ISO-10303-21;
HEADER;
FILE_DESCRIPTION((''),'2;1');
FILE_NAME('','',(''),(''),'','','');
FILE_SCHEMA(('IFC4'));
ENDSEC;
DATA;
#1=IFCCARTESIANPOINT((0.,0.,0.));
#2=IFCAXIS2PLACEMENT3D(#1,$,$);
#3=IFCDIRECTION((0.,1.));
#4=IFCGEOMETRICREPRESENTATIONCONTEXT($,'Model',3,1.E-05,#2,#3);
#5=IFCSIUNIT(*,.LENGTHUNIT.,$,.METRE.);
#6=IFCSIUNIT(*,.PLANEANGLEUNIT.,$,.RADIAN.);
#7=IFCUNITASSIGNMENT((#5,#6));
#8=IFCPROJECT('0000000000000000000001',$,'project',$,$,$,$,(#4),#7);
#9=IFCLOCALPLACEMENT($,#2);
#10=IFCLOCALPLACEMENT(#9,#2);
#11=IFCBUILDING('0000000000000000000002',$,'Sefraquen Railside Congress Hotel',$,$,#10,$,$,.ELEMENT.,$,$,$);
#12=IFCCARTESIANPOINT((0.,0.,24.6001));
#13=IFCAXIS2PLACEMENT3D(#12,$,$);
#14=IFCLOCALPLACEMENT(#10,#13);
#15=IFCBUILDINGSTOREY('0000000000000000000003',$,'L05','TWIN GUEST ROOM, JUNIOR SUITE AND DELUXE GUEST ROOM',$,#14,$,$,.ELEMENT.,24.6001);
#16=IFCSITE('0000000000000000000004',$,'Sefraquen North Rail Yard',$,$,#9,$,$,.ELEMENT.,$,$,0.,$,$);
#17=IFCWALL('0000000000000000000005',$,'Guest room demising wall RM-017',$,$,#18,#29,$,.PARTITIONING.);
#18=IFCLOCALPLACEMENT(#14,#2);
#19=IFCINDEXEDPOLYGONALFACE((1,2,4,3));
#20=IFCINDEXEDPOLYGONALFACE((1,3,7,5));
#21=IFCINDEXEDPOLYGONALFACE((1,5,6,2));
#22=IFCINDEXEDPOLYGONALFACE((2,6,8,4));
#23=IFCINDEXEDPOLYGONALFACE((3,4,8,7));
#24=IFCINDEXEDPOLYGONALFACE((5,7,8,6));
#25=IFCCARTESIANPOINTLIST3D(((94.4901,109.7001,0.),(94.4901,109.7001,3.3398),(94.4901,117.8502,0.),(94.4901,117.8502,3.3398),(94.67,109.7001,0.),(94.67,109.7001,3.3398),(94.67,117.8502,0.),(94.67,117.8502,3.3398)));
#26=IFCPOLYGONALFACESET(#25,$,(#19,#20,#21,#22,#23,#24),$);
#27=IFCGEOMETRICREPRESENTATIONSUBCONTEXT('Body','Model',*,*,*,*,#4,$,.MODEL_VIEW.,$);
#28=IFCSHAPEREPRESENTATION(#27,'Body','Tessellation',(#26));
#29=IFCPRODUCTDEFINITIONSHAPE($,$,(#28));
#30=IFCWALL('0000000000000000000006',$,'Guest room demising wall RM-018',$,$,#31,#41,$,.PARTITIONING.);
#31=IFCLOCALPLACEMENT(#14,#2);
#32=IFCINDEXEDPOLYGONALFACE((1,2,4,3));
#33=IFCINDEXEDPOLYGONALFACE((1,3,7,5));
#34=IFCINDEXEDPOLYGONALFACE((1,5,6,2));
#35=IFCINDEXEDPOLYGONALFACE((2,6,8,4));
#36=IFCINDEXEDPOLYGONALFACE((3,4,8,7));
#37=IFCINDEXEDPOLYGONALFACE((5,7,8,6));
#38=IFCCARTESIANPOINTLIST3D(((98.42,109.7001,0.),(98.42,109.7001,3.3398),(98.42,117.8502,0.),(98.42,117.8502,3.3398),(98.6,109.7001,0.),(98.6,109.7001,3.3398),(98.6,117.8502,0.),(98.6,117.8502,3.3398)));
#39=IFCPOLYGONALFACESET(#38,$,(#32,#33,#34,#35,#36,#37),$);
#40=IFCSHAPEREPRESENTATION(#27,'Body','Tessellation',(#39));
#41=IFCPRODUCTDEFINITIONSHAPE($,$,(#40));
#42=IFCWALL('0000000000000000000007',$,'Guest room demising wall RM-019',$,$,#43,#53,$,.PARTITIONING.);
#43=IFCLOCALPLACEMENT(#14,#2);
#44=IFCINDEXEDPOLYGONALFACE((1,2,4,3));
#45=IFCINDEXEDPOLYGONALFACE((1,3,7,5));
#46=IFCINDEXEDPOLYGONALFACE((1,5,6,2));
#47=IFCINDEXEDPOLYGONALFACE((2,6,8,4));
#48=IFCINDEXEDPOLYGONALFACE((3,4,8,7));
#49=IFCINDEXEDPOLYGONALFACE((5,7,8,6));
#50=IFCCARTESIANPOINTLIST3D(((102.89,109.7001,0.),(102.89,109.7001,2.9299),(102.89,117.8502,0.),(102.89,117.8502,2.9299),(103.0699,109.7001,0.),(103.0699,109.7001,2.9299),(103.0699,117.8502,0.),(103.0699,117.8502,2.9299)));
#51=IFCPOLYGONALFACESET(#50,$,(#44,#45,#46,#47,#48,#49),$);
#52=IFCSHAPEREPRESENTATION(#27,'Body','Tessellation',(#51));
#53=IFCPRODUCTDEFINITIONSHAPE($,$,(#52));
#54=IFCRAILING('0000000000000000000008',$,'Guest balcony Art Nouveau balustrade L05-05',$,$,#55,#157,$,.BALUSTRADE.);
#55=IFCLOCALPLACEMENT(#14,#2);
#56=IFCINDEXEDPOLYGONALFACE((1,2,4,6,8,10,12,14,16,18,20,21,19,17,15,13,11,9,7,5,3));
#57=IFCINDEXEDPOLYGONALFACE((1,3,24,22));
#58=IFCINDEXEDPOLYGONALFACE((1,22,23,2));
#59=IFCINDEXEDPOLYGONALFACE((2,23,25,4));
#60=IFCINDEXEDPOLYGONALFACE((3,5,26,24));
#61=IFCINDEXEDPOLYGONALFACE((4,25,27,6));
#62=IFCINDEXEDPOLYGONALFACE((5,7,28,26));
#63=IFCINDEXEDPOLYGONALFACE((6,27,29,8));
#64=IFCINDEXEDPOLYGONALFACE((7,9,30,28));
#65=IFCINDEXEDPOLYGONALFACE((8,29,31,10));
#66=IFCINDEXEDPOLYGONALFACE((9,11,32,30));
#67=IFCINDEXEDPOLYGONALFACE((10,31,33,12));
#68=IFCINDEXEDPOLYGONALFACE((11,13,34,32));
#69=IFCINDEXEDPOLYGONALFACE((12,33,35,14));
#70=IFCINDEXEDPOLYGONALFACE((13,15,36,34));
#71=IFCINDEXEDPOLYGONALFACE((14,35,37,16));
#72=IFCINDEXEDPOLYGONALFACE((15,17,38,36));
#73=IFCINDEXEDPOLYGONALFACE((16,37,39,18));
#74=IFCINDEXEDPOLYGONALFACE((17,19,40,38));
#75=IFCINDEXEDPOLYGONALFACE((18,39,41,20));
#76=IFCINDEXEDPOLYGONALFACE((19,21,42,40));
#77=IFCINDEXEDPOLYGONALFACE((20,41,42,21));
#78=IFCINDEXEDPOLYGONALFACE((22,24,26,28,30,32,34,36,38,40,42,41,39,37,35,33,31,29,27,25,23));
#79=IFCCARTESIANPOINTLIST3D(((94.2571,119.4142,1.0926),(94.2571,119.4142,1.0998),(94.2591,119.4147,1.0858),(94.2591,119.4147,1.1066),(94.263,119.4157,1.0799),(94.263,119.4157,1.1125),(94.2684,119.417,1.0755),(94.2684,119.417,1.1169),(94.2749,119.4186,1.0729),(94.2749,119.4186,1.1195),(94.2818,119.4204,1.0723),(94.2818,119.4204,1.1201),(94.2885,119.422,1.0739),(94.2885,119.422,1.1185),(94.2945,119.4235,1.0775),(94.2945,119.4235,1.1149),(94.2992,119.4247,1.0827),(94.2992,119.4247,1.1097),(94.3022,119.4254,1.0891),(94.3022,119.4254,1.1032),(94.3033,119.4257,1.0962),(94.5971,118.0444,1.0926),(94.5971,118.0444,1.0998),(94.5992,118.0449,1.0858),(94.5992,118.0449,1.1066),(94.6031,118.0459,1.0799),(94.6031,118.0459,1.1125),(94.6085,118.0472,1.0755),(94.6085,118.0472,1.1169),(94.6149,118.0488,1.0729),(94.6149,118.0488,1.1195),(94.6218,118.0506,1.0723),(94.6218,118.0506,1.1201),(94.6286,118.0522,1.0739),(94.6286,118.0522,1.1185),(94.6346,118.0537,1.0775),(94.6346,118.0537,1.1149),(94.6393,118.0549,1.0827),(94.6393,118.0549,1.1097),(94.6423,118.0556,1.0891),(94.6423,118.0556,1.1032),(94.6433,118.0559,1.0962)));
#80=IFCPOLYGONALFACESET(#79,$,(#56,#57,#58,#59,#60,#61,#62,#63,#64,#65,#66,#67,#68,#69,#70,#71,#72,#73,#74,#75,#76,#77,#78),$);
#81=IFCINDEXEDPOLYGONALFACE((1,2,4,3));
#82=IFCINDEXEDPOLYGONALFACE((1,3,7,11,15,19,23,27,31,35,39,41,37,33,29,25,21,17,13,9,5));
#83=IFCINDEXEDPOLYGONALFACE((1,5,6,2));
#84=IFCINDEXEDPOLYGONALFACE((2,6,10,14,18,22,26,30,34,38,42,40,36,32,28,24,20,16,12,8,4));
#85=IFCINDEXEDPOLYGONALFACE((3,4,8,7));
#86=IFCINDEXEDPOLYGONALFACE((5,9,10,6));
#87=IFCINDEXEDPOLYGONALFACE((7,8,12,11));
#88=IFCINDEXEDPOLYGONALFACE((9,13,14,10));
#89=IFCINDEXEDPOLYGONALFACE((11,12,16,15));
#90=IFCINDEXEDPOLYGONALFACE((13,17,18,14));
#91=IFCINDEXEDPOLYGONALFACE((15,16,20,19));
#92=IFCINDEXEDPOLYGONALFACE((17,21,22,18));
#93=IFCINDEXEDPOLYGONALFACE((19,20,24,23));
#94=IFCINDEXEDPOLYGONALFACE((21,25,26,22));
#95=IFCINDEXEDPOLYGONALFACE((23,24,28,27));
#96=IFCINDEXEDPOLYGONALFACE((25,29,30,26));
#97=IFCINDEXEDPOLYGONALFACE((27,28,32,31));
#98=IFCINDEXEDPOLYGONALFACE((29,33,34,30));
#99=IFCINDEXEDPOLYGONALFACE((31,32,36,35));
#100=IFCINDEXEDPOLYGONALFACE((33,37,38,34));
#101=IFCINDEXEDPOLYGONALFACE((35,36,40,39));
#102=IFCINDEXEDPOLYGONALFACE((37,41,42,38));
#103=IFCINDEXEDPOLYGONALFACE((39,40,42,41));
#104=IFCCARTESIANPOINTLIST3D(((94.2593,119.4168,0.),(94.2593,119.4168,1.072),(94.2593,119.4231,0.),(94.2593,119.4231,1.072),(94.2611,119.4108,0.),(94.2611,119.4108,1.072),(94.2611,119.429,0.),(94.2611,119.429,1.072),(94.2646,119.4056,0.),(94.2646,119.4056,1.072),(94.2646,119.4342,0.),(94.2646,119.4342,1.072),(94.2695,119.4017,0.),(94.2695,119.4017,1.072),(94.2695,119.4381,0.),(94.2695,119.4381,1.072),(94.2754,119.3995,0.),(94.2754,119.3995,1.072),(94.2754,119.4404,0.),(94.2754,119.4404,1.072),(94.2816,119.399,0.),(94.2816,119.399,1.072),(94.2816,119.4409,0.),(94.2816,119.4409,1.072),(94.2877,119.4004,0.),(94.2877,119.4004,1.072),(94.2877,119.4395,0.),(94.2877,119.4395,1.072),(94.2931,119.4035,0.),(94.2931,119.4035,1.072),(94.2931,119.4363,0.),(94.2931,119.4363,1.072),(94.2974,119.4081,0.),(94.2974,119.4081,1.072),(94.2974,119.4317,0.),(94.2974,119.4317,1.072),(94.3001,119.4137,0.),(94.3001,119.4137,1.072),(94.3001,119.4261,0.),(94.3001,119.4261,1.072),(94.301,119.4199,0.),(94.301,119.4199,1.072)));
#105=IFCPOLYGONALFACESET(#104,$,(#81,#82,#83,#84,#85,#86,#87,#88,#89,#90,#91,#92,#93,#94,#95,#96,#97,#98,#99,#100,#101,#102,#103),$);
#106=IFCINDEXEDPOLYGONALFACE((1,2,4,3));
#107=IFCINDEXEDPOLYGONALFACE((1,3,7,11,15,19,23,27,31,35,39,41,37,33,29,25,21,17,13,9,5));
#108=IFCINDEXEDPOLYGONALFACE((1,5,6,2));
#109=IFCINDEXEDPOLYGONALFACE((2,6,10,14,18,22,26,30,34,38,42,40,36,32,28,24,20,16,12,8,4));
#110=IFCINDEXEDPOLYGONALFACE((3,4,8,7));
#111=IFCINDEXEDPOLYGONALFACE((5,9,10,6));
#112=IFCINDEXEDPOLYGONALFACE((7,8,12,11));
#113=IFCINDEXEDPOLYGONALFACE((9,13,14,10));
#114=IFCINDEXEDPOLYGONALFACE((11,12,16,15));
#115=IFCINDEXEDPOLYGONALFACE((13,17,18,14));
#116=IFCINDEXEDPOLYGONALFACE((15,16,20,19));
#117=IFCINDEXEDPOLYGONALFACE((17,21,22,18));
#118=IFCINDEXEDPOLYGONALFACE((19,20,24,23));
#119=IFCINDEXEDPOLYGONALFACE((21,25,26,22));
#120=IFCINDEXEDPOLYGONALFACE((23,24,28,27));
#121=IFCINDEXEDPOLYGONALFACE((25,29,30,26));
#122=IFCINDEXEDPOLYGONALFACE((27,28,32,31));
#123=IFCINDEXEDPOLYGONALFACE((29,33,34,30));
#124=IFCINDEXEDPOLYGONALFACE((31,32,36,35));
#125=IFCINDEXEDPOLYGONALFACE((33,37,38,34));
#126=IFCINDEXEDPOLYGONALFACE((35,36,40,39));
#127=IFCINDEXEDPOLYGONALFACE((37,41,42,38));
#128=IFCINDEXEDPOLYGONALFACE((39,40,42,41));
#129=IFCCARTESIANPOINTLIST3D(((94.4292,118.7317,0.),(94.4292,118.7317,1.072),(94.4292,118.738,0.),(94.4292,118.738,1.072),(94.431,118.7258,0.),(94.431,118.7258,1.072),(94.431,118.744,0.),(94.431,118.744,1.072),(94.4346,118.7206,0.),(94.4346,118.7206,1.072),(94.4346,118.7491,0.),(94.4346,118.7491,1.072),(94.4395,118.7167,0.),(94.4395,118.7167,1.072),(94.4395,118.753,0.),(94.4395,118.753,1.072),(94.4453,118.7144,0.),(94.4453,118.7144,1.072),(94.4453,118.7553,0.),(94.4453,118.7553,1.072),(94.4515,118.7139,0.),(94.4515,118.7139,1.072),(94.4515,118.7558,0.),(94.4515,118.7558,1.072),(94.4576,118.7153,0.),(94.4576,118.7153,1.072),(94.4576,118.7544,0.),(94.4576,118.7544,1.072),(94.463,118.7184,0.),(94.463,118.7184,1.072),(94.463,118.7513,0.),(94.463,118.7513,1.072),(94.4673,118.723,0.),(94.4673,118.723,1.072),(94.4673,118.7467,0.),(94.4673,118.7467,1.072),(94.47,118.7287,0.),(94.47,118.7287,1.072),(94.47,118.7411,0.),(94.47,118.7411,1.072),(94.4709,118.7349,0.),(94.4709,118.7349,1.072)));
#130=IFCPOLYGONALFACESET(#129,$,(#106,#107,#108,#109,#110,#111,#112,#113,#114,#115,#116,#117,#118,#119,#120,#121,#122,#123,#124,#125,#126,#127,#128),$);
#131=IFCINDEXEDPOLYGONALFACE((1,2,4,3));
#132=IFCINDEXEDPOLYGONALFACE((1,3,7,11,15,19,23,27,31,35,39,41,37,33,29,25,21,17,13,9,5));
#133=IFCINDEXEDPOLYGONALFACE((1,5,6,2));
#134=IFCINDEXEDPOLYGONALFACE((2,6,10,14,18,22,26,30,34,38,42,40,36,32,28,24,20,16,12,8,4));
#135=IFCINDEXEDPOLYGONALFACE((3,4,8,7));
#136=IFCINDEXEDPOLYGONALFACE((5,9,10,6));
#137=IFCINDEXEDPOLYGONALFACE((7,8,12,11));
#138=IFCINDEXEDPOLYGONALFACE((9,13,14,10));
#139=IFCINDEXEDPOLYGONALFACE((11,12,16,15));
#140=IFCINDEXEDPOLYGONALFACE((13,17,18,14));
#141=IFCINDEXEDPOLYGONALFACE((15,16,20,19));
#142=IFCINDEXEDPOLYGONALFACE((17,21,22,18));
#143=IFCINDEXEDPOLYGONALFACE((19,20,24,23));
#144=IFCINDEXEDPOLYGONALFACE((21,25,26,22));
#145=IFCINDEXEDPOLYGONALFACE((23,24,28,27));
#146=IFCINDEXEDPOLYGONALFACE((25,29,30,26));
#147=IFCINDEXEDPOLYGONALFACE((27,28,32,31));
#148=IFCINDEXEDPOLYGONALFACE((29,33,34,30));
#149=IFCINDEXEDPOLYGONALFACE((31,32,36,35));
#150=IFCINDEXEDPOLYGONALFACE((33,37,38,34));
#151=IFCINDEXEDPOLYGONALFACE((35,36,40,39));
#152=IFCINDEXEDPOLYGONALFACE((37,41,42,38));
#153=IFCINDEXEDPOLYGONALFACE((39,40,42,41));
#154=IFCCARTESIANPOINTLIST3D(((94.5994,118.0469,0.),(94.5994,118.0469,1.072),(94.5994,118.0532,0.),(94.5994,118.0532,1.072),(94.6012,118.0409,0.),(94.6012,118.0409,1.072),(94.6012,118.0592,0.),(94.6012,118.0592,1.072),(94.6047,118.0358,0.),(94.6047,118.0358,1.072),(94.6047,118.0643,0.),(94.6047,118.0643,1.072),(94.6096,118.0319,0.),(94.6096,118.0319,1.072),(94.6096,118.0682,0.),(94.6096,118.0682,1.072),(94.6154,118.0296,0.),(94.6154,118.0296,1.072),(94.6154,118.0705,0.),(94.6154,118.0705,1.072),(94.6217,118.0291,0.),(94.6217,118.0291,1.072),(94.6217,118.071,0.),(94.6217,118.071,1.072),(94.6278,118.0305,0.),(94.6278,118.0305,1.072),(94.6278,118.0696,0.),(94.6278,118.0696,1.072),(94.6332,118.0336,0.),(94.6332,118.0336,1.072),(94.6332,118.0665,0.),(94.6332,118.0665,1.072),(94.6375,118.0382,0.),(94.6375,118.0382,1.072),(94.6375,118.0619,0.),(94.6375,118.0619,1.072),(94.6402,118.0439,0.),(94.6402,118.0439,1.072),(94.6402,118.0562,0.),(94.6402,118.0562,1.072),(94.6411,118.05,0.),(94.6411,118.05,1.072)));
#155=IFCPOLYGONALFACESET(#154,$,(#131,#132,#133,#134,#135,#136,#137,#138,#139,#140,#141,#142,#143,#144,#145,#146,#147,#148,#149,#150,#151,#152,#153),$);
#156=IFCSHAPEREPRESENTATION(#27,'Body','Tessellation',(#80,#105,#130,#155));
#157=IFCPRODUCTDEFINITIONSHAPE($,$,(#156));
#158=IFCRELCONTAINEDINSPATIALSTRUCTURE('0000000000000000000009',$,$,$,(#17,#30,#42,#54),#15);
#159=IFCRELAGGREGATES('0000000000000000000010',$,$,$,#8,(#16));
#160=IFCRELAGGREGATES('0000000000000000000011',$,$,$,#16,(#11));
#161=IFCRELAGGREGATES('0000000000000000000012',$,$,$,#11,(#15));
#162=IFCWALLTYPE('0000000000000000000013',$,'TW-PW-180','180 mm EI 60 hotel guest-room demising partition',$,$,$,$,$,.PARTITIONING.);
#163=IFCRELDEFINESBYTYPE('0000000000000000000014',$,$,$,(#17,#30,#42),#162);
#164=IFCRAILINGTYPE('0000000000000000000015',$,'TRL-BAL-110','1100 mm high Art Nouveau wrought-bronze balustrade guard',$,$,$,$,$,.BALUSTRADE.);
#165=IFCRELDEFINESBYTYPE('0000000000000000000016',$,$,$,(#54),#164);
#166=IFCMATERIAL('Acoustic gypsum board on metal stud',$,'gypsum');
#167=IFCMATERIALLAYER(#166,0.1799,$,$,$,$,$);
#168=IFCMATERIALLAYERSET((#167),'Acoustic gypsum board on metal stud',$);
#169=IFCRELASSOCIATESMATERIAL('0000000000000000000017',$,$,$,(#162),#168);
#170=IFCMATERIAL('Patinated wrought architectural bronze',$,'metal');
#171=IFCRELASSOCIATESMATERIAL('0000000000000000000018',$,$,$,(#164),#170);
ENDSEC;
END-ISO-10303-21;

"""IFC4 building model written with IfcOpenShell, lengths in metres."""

from ifc_helpers import new_model, si_unit, direction, frame, frame_2d, origin, origin_2d, place, context, subcontext, project, spatial, rectangle, circle, extrude, material, layer, layer_set, type_object, element, save


model = new_model("IFC4")

# Units and contexts
model_context = context("Model", 3, precision=1e-05, world=origin(), true_north=direction((0.0, 1.0)))
body_context = subcontext(model_context, "Body", "Model", "MODEL_VIEW")
ifc_project = project(units=[si_unit("LENGTHUNIT", "METRE"), si_unit("PLANEANGLEUNIT", "RADIAN")], contexts=[model_context])

# Site, building, storey
site_placement = place(None, origin())
site = spatial("IfcSite", under=ifc_project, at=site_placement, Name="Sefraquen North Rail Yard", CompositionType="ELEMENT", RefElevation=0.0)
building_placement = place(site_placement, origin())
building = spatial("IfcBuilding", under=site, at=building_placement, Name="Sefraquen Railside Congress Hotel", CompositionType="ELEMENT")
storey_placement = place(building_placement, frame((0.0, 0.0, 24.6001)))
storey = spatial("IfcBuildingStorey", under=building, at=storey_placement, Name="L05", Description="TWIN GUEST ROOM, JUNIOR SUITE AND DELUXE GUEST ROOM", CompositionType="ELEMENT", Elevation=24.6001)

# Walls
ifc_material_1 = material(Name="Acoustic gypsum board on metal stud", Category="gypsum")
ifc_layer_1 = layer(ifc_material_1, 0.1799)
ifc_layer_set_1 = layer_set([ifc_layer_1], Name="Acoustic gypsum board on metal stud")
wall_type_1 = type_object("IfcWallType", Name="TW-PW-180", Description="180 mm EI 60 hotel guest-room demising partition", PredefinedType="PARTITIONING", material=ifc_layer_set_1)
for number, where, z_axis, x_axis, name in (
    (1, (94.5801, 109.7, 0.0), (0.0, 0.0, 1.0), (0.0, 1.0, 0.0), "Guest room demising wall RM-017"),
    (2, (98.51, 109.7, 0.0), (0.0, 0.0, 1.0), (0.0, 1.0, 0.0), "Guest room demising wall RM-018"),
):
    element("IfcWall", number, at=place(storey_placement, frame(where, z_axis=z_axis, x_axis=x_axis)), inside=storey, type_object=wall_type_1, Name=name, PredefinedType="PARTITIONING", context=body_context, shape_type="SweptSolid", body=[
        extrude(rectangle(XDim=8.1501, YDim=0.1799, at=frame_2d((4.0752, 0.0))), origin(), (0.0, 0.0, 1.0), 3.3398),
    ])
wall_1_placement = place(storey_placement, frame((102.98, 109.7, 0.0), z_axis=(0.0, 0.0, 1.0), x_axis=(0.0, 1.0, 0.0)))
element("IfcWall", 3, at=wall_1_placement, inside=storey, type_object=wall_type_1, Name="Guest room demising wall RM-019", PredefinedType="PARTITIONING", context=body_context, shape_type="SweptSolid", body=[
    extrude(rectangle(XDim=8.1501, YDim=0.1799, at=frame_2d((4.0752, 0.0))), origin(), (0.0, 0.0, 1.0), 2.9299),
])

# Railing
ifc_material_2 = material(Name="Patinated wrought architectural bronze", Category="metal")
railing_type = type_object("IfcRailingType", Name="TRL-BAL-110", Description="1100 mm high Art Nouveau wrought-bronze balustrade guard", PredefinedType="BALUSTRADE", material=ifc_material_2)
railing_placement = place(storey_placement, frame((94.28, 119.4199, 0.0)))
element("IfcRailing", 4, at=railing_placement, inside=storey, type_object=railing_type, Name="Guest balcony Art Nouveau balustrade L05-05", PredefinedType="BALUSTRADE", context=body_context, shape_type="SweptSolid", body=[
    extrude(circle(Radius=0.0239, at=origin_2d()), frame((0.0, 0.0, 1.0962), z_axis=(0.240948, -0.970538, 0.0), x_axis=(0.970538, 0.240948, 0.0)), (0.0, 0.0, 1.0), 1.4114),
    extrude(circle(Radius=0.021, at=origin_2d()), origin(), (0.0, 0.0, 1.0), 1.072),
    extrude(circle(Radius=0.021, at=origin_2d()), frame((0.1699, -0.6851, 0.0)), (0.0, 0.0, 1.0), 1.072),
    extrude(circle(Radius=0.021, at=origin_2d()), frame((0.3401, -1.3699, 0.0)), (0.0, 0.0, 1.0), 1.072),
])

save(model, "model.ifc")
